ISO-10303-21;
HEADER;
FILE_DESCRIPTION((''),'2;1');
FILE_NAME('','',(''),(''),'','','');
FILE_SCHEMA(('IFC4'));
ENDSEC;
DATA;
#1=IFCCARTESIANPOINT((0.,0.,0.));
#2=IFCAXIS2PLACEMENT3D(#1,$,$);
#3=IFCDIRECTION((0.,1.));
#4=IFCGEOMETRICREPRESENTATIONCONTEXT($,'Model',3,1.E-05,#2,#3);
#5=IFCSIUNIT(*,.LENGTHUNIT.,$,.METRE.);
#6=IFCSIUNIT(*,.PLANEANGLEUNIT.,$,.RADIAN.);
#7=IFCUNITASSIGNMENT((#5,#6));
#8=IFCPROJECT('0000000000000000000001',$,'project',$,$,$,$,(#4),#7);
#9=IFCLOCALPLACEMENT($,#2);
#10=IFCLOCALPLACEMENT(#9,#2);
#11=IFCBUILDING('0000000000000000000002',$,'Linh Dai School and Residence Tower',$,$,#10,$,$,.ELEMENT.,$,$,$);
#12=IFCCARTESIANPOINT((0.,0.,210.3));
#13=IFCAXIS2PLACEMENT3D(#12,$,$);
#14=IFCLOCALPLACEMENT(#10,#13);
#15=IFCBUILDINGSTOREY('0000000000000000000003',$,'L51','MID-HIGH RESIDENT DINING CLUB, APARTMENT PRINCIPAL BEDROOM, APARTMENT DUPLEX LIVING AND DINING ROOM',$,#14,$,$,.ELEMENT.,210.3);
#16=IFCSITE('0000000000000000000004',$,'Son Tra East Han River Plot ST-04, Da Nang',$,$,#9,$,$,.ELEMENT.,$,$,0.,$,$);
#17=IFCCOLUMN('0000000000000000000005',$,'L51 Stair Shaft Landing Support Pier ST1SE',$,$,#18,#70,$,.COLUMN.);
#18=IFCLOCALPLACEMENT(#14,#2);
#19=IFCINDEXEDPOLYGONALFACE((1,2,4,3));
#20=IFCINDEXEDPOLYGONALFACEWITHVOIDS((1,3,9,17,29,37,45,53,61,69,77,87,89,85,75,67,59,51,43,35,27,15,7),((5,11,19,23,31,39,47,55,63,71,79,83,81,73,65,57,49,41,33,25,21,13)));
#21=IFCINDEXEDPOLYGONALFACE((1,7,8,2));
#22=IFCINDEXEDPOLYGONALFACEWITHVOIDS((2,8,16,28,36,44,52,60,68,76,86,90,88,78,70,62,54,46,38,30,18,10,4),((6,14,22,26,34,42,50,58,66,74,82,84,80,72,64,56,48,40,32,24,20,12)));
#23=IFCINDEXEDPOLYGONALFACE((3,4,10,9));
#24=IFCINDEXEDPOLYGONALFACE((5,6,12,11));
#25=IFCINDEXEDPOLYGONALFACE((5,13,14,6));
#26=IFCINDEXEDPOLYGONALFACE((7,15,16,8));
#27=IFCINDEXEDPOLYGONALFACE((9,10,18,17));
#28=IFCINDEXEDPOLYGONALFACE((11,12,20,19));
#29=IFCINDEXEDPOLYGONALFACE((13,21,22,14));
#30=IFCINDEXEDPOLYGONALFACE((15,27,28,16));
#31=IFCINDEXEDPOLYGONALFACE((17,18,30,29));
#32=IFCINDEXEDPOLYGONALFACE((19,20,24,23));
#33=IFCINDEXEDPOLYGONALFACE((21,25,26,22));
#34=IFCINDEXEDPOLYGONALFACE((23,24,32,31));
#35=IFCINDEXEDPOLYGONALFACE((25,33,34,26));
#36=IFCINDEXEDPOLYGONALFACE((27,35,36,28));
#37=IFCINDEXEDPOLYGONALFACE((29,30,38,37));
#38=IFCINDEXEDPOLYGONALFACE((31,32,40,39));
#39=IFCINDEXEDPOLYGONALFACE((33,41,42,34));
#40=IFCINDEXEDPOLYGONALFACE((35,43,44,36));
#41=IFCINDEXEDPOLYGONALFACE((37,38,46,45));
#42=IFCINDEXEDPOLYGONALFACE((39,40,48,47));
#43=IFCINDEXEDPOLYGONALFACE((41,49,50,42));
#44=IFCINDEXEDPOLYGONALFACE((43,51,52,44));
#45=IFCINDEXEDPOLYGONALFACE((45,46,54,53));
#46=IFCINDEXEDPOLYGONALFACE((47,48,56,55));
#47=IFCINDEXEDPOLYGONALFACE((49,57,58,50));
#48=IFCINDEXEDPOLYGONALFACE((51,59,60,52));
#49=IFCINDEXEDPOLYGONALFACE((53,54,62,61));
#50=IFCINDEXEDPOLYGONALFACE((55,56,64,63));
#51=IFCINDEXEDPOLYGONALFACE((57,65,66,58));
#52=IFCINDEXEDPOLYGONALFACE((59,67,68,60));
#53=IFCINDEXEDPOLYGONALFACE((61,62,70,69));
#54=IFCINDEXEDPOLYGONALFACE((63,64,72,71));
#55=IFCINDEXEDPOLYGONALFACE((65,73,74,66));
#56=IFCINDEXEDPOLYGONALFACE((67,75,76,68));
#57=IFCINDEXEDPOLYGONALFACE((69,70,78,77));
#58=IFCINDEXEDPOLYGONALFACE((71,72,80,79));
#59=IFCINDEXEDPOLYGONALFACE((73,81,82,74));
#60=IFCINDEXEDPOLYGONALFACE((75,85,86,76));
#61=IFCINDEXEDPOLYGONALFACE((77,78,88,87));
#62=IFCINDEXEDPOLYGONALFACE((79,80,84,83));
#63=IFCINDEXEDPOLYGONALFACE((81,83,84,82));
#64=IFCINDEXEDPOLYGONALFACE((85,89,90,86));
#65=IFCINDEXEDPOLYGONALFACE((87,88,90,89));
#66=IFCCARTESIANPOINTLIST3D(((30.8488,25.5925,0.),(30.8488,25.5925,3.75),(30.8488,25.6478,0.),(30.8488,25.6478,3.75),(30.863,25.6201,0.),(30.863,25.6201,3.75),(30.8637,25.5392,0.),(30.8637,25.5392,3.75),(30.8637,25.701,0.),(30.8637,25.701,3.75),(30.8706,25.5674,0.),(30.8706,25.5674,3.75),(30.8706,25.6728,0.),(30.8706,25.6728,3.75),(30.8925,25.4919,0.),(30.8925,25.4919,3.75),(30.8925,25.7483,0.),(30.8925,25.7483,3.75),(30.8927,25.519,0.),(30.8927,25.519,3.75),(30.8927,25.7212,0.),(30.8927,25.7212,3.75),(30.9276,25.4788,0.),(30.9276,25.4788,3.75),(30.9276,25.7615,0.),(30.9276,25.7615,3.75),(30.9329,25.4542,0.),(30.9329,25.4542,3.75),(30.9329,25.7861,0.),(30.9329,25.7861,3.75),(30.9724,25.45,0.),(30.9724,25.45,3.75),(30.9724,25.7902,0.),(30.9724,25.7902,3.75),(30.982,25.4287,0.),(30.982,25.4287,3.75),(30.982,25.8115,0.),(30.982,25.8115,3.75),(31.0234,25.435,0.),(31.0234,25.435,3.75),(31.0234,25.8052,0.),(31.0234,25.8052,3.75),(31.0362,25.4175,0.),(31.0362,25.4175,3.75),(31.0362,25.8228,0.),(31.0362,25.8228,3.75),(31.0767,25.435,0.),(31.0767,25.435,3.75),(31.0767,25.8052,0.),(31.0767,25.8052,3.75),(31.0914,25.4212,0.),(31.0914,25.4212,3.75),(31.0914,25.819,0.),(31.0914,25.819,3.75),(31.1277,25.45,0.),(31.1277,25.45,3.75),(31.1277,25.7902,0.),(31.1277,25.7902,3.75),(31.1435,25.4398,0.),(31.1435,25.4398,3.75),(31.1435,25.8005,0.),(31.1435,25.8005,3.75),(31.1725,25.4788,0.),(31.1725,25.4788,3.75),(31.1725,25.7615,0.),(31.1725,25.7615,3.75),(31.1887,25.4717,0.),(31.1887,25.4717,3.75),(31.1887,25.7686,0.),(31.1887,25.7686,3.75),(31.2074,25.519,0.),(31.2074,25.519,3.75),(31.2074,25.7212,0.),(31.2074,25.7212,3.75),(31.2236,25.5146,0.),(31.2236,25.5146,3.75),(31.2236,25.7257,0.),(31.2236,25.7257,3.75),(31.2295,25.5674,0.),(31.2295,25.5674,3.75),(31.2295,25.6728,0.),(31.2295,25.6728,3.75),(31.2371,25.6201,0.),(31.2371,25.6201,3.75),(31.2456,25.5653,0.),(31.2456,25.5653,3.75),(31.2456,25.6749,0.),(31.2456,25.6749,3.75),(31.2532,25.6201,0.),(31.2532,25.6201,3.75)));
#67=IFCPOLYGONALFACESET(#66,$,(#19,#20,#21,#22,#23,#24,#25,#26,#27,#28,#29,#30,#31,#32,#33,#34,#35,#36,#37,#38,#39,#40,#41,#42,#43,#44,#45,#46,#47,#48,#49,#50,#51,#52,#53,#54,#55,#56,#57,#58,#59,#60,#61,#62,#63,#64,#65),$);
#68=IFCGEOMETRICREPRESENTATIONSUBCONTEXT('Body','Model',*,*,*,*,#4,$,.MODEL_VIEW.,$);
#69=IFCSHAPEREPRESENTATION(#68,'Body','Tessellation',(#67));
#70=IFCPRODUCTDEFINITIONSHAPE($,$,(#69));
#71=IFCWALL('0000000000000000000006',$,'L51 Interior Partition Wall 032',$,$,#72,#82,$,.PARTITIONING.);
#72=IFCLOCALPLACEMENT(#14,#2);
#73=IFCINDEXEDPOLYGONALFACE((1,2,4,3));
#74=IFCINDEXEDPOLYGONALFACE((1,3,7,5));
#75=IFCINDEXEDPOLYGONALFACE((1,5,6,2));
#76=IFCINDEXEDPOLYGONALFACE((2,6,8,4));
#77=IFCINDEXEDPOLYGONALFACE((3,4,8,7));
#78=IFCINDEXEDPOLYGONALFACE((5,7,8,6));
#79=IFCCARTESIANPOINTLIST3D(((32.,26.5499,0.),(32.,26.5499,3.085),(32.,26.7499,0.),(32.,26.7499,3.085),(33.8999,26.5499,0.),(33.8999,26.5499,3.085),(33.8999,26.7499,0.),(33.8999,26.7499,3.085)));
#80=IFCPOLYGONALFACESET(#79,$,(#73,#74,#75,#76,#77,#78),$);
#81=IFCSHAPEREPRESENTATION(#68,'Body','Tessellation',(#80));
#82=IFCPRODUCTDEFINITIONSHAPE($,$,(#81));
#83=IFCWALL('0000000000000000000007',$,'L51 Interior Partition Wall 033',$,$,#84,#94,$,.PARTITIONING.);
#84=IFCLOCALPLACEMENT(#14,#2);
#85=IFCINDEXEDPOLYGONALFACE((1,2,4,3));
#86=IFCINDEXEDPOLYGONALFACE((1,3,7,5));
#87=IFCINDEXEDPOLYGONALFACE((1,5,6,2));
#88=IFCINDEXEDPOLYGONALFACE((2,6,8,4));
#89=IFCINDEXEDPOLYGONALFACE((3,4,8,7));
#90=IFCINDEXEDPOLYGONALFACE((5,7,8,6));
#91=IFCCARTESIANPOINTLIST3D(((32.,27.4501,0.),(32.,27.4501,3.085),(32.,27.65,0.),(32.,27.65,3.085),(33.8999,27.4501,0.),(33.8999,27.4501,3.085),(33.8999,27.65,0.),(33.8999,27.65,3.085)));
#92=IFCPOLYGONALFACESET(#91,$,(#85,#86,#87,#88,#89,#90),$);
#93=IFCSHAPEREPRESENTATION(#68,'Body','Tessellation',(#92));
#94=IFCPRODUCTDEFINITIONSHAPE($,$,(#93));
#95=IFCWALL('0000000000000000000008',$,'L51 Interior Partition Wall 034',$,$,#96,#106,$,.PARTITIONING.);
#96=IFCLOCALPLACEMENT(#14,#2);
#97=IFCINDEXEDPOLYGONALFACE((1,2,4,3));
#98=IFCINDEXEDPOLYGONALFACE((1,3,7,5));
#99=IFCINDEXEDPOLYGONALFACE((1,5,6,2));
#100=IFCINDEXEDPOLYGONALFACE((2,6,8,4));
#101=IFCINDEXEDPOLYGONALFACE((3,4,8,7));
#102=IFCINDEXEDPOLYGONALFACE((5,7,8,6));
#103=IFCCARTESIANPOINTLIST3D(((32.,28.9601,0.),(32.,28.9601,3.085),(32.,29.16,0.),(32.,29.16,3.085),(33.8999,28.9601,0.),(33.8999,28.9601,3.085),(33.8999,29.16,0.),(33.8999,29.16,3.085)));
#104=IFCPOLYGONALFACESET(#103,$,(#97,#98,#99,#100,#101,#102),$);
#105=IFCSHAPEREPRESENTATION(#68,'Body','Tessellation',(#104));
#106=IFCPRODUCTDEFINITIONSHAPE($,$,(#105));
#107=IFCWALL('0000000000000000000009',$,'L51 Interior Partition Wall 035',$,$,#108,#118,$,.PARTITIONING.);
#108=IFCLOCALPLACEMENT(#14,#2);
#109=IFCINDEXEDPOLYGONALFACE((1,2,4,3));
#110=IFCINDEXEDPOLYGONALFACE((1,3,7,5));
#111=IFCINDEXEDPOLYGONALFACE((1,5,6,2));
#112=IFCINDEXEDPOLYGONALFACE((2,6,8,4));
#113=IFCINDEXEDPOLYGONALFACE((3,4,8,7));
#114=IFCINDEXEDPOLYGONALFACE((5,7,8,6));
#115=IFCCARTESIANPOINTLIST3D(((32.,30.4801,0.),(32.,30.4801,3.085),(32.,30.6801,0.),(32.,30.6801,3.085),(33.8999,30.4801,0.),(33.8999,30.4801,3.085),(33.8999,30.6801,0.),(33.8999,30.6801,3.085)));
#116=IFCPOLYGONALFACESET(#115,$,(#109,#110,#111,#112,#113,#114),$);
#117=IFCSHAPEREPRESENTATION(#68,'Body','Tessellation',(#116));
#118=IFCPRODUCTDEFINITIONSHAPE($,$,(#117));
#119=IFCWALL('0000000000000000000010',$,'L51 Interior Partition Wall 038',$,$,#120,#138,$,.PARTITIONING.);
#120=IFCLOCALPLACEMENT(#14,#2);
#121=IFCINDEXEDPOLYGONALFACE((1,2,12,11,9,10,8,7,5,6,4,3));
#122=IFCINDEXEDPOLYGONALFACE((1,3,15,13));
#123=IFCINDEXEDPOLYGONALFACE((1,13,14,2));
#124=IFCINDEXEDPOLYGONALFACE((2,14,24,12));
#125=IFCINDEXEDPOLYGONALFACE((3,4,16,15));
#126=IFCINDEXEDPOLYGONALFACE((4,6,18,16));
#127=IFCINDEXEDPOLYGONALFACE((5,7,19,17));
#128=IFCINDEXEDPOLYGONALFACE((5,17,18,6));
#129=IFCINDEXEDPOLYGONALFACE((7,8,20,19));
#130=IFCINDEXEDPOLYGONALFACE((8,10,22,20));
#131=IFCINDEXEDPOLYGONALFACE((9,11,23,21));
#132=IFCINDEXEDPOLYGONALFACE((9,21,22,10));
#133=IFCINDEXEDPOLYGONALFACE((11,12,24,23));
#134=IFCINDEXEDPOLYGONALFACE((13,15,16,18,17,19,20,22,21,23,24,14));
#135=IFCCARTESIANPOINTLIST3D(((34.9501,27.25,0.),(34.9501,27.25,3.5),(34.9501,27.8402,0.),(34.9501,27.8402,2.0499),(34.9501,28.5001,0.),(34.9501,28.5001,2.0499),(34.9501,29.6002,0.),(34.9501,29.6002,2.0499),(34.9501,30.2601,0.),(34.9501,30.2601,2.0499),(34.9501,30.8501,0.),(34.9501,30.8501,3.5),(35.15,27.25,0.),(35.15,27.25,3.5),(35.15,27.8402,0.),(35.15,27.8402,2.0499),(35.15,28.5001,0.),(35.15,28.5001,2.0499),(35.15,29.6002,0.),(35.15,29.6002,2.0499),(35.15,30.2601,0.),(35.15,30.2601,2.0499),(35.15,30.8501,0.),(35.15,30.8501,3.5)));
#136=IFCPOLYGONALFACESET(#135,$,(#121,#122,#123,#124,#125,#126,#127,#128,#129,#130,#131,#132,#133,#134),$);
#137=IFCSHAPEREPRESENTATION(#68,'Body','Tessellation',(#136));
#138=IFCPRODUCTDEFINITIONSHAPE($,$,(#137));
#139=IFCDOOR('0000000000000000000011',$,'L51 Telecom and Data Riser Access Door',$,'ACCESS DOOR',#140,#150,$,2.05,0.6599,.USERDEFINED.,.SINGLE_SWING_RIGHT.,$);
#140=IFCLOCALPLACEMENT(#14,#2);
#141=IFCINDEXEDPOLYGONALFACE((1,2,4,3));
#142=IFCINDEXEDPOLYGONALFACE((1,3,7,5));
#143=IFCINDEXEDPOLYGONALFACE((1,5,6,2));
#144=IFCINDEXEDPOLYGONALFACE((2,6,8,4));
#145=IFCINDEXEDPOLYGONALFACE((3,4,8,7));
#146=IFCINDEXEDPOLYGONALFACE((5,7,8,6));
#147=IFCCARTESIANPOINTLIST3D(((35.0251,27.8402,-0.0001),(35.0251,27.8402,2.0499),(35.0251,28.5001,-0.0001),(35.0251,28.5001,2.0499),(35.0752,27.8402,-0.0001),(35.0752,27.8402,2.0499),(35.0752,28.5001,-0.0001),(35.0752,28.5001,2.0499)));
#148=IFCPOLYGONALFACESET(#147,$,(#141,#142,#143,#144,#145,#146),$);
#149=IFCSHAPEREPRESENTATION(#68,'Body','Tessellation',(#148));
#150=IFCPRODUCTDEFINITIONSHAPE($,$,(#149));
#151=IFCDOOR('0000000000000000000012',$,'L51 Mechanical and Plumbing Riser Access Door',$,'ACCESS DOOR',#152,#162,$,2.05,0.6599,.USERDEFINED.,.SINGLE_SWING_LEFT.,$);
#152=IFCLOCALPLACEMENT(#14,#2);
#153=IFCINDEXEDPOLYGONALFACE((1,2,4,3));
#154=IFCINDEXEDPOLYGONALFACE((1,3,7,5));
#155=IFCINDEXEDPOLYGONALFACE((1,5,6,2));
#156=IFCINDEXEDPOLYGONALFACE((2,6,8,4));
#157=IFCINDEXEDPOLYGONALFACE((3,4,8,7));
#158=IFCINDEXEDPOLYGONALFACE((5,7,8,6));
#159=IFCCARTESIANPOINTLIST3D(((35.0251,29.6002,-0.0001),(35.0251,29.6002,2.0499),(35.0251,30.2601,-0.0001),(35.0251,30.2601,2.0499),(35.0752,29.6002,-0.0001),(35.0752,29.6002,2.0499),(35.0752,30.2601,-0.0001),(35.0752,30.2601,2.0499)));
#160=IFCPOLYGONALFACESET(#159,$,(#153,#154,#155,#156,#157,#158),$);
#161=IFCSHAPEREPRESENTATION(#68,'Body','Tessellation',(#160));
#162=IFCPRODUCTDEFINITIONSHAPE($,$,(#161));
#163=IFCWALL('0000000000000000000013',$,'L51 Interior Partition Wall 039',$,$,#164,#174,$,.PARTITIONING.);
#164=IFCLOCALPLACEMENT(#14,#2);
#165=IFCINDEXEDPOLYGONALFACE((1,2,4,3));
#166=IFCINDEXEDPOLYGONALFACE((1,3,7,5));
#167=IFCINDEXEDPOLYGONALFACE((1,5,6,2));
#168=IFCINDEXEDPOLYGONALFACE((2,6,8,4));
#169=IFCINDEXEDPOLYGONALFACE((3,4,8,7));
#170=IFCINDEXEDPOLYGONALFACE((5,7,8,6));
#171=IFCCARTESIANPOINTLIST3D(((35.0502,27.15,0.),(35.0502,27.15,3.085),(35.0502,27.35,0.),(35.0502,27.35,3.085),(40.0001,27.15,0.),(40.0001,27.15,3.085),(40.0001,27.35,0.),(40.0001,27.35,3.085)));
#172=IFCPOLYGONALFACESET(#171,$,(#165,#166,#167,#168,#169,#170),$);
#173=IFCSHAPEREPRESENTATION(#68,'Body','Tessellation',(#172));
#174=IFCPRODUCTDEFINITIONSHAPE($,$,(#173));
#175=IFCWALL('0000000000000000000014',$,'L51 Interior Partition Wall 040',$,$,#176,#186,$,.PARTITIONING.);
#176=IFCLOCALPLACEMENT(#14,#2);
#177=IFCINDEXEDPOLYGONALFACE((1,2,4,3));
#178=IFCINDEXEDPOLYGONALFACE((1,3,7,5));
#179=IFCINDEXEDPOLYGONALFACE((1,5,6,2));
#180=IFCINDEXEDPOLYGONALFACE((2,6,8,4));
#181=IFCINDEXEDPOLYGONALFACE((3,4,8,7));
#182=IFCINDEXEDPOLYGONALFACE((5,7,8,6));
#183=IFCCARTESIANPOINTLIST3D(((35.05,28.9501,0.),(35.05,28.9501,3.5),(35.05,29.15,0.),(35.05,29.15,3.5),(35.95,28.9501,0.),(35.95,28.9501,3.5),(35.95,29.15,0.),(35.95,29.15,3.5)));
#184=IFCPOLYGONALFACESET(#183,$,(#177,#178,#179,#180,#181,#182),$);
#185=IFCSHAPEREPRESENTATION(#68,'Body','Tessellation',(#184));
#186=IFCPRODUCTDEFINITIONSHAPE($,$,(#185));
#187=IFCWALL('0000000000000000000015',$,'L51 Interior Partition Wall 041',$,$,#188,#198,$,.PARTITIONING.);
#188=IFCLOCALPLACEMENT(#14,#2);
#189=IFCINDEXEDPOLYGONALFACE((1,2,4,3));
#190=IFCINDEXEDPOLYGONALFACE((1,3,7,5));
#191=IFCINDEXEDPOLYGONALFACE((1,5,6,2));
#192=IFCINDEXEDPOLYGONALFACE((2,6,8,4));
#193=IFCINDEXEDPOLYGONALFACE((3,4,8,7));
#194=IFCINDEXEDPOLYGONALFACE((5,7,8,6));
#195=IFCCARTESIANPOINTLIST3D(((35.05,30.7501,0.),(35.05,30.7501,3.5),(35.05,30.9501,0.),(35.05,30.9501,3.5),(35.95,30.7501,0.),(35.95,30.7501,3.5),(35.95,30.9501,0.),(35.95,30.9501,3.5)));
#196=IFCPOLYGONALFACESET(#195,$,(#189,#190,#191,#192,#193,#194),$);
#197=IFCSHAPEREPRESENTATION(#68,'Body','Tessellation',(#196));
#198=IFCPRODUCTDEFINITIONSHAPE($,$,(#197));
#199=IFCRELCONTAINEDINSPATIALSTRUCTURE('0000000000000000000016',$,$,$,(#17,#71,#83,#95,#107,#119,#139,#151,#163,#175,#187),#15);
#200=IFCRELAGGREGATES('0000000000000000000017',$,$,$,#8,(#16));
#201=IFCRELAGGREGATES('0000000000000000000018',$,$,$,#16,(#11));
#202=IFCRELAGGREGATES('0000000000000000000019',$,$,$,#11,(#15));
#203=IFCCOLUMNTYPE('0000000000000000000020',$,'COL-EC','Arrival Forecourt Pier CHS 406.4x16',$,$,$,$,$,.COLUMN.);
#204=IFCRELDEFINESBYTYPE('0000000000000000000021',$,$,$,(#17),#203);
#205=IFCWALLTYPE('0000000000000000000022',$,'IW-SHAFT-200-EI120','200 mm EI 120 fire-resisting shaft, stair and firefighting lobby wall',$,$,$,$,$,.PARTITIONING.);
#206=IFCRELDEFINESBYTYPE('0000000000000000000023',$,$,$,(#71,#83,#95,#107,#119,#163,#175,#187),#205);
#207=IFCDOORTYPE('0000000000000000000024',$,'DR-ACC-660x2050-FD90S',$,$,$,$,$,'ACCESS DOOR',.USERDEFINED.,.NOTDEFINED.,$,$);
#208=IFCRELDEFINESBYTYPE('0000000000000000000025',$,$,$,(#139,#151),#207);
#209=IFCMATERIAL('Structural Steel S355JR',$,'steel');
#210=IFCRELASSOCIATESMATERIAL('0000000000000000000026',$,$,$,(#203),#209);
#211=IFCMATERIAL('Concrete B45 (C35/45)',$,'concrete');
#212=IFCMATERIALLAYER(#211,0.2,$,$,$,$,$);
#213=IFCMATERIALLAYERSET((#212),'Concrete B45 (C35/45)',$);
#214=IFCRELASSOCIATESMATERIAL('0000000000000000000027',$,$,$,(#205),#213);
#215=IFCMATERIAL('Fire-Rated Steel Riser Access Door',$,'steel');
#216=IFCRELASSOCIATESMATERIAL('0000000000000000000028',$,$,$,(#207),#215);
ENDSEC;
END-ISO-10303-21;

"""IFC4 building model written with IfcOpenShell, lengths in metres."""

from ifc_helpers import new_model, si_unit, direction, frame, frame_2d, origin, origin_2d, place, context, subcontext, project, spatial, rectangle, hollow_circle, extrude, source, transform, mapped, material, layer, layer_set, material_profile, profile_set, type_object, element, fill, save


model = new_model("IFC4")

# Units and contexts
model_context = context("Model", 3, precision=1e-05, world=origin(), true_north=direction((0.0, 1.0)))
body_context = subcontext(model_context, "Body", "Model", "MODEL_VIEW")
ifc_project = project(units=[si_unit("LENGTHUNIT", "METRE"), si_unit("PLANEANGLEUNIT", "RADIAN")], contexts=[model_context])

# Site, building, storey
site_placement = place(None, origin())
site = spatial("IfcSite", under=ifc_project, at=site_placement, Name="Son Tra East Han River Plot ST-04, Da Nang", CompositionType="ELEMENT", RefElevation=0.0)
building_placement = place(site_placement, origin())
building = spatial("IfcBuilding", under=site, at=building_placement, Name="Linh Dai School and Residence Tower", CompositionType="ELEMENT")
storey_placement = place(building_placement, frame((0.0, 0.0, 210.3)))
storey = spatial("IfcBuildingStorey", under=building, at=storey_placement, Name="L51", Description="MID-HIGH RESIDENT DINING CLUB, APARTMENT PRINCIPAL BEDROOM, APARTMENT DUPLEX LIVING AND DINING ROOM", CompositionType="ELEMENT", Elevation=210.3)

# Column
ifc_material_1 = material(Name="Structural Steel S355JR", Category="steel")
ifc_material_profile = material_profile(ifc_material_1, hollow_circle(Radius=0.2031, WallThickness=0.0161, at=origin_2d()), Name="CHS 406.4x16")
ifc_profile_set = profile_set([ifc_material_profile], Name="Structural Steel S355JR")
column_type = type_object("IfcColumnType", Name="COL-EC", Description="Arrival Forecourt Pier CHS 406.4x16", PredefinedType="COLUMN", material=ifc_profile_set)
column_placement = place(storey_placement, frame((31.05, 25.6201, 0.0), z_axis=(0.0, 0.0, 1.0), x_axis=(1.0, 0.0, 0.0)))
element("IfcColumn", 1, at=column_placement, inside=storey, type_object=column_type, Name="L51 Stair Shaft Landing Support Pier ST1SE", PredefinedType="COLUMN", context=body_context, shape_type="SweptSolid", body=[
    extrude(hollow_circle(Radius=0.2031, WallThickness=0.0161, at=origin_2d()), origin(), (0.0, 0.0, 1.0), 3.75),
])

# Walls
ifc_material_2 = material(Name="Concrete B45 (C35/45)", Category="concrete")
ifc_layer_1 = layer(ifc_material_2, 0.2)
ifc_layer_set_1 = layer_set([ifc_layer_1], Name="Concrete B45 (C35/45)")
wall_type_1 = type_object("IfcWallType", Name="IW-SHAFT-200-EI120", Description="200 mm EI 120 fire-resisting shaft, stair and firefighting lobby wall", PredefinedType="PARTITIONING", material=ifc_layer_set_1)
for number, where, z_axis, x_axis, name in (
    (2, (32.0, 26.6499, 0.0), (0.0, 0.0, 1.0), (1.0, 0.0, 0.0), "L51 Interior Partition Wall 032"),
    (3, (32.0, 27.55, 0.0), (0.0, 0.0, 1.0), (1.0, 0.0, 0.0), "L51 Interior Partition Wall 033"),
    (4, (32.0, 29.0601, 0.0), (0.0, 0.0, 1.0), (1.0, 0.0, 0.0), "L51 Interior Partition Wall 034"),
    (5, (32.0, 30.5801, 0.0), (0.0, 0.0, 1.0), (1.0, 0.0, 0.0), "L51 Interior Partition Wall 035"),
):
    element("IfcWall", number, at=place(storey_placement, frame(where, z_axis=z_axis, x_axis=x_axis)), inside=storey, type_object=wall_type_1, Name=name, PredefinedType="PARTITIONING", context=body_context, shape_type="SweptSolid", body=[
        extrude(rectangle(XDim=1.8999, YDim=0.2, at=frame_2d((0.95, 0.0))), origin(), (0.0, 0.0, 1.0), 3.085),
    ])

# Wall, openings, doors
wall_1_placement = place(storey_placement, frame((35.05, 27.25, 0.0), z_axis=(0.0, 0.0, 1.0), x_axis=(0.0, 1.0, 0.0)))
wall_1 = element("IfcWall", 6, at=wall_1_placement, inside=storey, type_object=wall_type_1, Name="L51 Interior Partition Wall 038", PredefinedType="PARTITIONING", context=body_context, shape_type="SweptSolid", body=[
    extrude(rectangle(XDim=3.6001, YDim=0.2, at=frame_2d((1.8, 0.0))), origin(), (0.0, 0.0, 1.0), 3.5),
])
opening_1_placement = place(wall_1_placement, frame((0.5901, 0.0, 0.0)))
opening_1 = element("IfcOpeningElement", 7, at=opening_1_placement, cuts=wall_1, PredefinedType="OPENING", context=body_context, shape_type="SweptSolid", body=[
    extrude(rectangle(XDim=0.6599, YDim=2.05, at=origin_2d()), frame((0.3301, 0.1099, 1.0249), z_axis=(0.0, -1.0, 0.0), x_axis=(1.0, 0.0, 0.0)), (0.0, 0.0, 1.0), 0.22),
])
opening_2_placement = place(wall_1_placement, frame((2.3501, 0.0, 0.0)))
opening_2 = element("IfcOpeningElement", 8, at=opening_2_placement, cuts=wall_1, PredefinedType="OPENING", context=body_context, shape_type="SweptSolid", body=[
    extrude(rectangle(XDim=0.6599, YDim=2.05, at=origin_2d()), frame((0.3301, 0.1099, 1.0249), z_axis=(0.0, -1.0, 0.0), x_axis=(1.0, 0.0, 0.0)), (0.0, 0.0, 1.0), 0.22),
])
ifc_material_3 = material(Name="Fire-Rated Steel Riser Access Door", Category="steel")
door_type = type_object("IfcDoorType", Name="DR-ACC-660x2050-FD90S", ElementType="ACCESS DOOR", OperationType="NOTDEFINED", PredefinedType="USERDEFINED", material=ifc_material_3)
shared_shape_1 = source(origin(), body_context, "Body", "SweptSolid", [
    extrude(rectangle(XDim=0.6599, YDim=2.05, at=origin_2d()), frame((0.3301, 0.0249, 1.0249), z_axis=(0.0, -1.0, 0.0), x_axis=(1.0, 0.0, 0.0)), (0.0, 0.0, 1.0), 0.05),
])
door_1_placement = place(opening_1_placement, origin())
door_1 = element("IfcDoor", 9, at=door_1_placement, inside=storey, type_object=door_type, Name="L51 Telecom and Data Riser Access Door", ObjectType="ACCESS DOOR", OperationType="SINGLE_SWING_RIGHT", OverallHeight=2.05, OverallWidth=0.6599, PredefinedType="USERDEFINED", context=body_context, shape_type="MappedRepresentation", body=[
    mapped(shared_shape_1, transform((0.0, 0.0, 0.0), x_axis=(1.0, 0.0, 0.0), y_axis=(0.0, 1.0, 0.0), z_axis=(0.0, 0.0, 1.0), scale=1.0)),
])
fill(opening_1, door_1)
door_2_placement = place(opening_2_placement, origin())
door_2 = element("IfcDoor", 10, at=door_2_placement, inside=storey, type_object=door_type, Name="L51 Mechanical and Plumbing Riser Access Door", ObjectType="ACCESS DOOR", OperationType="SINGLE_SWING_LEFT", OverallHeight=2.05, OverallWidth=0.6599, PredefinedType="USERDEFINED", context=body_context, shape_type="MappedRepresentation", body=[
    mapped(shared_shape_1, transform((0.0, 0.0, 0.0), x_axis=(1.0, 0.0, 0.0), y_axis=(0.0, 1.0, 0.0), z_axis=(0.0, 0.0, 1.0), scale=1.0)),
])
fill(opening_2, door_2)

# Walls
wall_2_placement = place(storey_placement, frame((35.05, 27.25, 0.0), z_axis=(0.0, 0.0, 1.0), x_axis=(1.0, 0.0, 0.0)))
element("IfcWall", 11, at=wall_2_placement, inside=storey, type_object=wall_type_1, Name="L51 Interior Partition Wall 039", PredefinedType="PARTITIONING", context=body_context, shape_type="SweptSolid", body=[
    extrude(rectangle(XDim=4.95, YDim=0.2, at=frame_2d((2.4751, 0.0))), origin(), (0.0, 0.0, 1.0), 3.085),
])
for number, where, z_axis, x_axis, name in (
    (12, (35.05, 29.05, 0.0), (0.0, 0.0, 1.0), (1.0, 0.0, 0.0), "L51 Interior Partition Wall 040"),
    (13, (35.05, 30.8501, 0.0), (0.0, 0.0, 1.0), (1.0, 0.0, 0.0), "L51 Interior Partition Wall 041"),
):
    element("IfcWall", number, at=place(storey_placement, frame(where, z_axis=z_axis, x_axis=x_axis)), inside=storey, type_object=wall_type_1, Name=name, PredefinedType="PARTITIONING", context=body_context, shape_type="SweptSolid", body=[
        extrude(rectangle(XDim=0.8999, YDim=0.2, at=frame_2d((0.45, 0.0))), origin(), (0.0, 0.0, 1.0), 3.5),
    ])

save(model, "model.ifc")
